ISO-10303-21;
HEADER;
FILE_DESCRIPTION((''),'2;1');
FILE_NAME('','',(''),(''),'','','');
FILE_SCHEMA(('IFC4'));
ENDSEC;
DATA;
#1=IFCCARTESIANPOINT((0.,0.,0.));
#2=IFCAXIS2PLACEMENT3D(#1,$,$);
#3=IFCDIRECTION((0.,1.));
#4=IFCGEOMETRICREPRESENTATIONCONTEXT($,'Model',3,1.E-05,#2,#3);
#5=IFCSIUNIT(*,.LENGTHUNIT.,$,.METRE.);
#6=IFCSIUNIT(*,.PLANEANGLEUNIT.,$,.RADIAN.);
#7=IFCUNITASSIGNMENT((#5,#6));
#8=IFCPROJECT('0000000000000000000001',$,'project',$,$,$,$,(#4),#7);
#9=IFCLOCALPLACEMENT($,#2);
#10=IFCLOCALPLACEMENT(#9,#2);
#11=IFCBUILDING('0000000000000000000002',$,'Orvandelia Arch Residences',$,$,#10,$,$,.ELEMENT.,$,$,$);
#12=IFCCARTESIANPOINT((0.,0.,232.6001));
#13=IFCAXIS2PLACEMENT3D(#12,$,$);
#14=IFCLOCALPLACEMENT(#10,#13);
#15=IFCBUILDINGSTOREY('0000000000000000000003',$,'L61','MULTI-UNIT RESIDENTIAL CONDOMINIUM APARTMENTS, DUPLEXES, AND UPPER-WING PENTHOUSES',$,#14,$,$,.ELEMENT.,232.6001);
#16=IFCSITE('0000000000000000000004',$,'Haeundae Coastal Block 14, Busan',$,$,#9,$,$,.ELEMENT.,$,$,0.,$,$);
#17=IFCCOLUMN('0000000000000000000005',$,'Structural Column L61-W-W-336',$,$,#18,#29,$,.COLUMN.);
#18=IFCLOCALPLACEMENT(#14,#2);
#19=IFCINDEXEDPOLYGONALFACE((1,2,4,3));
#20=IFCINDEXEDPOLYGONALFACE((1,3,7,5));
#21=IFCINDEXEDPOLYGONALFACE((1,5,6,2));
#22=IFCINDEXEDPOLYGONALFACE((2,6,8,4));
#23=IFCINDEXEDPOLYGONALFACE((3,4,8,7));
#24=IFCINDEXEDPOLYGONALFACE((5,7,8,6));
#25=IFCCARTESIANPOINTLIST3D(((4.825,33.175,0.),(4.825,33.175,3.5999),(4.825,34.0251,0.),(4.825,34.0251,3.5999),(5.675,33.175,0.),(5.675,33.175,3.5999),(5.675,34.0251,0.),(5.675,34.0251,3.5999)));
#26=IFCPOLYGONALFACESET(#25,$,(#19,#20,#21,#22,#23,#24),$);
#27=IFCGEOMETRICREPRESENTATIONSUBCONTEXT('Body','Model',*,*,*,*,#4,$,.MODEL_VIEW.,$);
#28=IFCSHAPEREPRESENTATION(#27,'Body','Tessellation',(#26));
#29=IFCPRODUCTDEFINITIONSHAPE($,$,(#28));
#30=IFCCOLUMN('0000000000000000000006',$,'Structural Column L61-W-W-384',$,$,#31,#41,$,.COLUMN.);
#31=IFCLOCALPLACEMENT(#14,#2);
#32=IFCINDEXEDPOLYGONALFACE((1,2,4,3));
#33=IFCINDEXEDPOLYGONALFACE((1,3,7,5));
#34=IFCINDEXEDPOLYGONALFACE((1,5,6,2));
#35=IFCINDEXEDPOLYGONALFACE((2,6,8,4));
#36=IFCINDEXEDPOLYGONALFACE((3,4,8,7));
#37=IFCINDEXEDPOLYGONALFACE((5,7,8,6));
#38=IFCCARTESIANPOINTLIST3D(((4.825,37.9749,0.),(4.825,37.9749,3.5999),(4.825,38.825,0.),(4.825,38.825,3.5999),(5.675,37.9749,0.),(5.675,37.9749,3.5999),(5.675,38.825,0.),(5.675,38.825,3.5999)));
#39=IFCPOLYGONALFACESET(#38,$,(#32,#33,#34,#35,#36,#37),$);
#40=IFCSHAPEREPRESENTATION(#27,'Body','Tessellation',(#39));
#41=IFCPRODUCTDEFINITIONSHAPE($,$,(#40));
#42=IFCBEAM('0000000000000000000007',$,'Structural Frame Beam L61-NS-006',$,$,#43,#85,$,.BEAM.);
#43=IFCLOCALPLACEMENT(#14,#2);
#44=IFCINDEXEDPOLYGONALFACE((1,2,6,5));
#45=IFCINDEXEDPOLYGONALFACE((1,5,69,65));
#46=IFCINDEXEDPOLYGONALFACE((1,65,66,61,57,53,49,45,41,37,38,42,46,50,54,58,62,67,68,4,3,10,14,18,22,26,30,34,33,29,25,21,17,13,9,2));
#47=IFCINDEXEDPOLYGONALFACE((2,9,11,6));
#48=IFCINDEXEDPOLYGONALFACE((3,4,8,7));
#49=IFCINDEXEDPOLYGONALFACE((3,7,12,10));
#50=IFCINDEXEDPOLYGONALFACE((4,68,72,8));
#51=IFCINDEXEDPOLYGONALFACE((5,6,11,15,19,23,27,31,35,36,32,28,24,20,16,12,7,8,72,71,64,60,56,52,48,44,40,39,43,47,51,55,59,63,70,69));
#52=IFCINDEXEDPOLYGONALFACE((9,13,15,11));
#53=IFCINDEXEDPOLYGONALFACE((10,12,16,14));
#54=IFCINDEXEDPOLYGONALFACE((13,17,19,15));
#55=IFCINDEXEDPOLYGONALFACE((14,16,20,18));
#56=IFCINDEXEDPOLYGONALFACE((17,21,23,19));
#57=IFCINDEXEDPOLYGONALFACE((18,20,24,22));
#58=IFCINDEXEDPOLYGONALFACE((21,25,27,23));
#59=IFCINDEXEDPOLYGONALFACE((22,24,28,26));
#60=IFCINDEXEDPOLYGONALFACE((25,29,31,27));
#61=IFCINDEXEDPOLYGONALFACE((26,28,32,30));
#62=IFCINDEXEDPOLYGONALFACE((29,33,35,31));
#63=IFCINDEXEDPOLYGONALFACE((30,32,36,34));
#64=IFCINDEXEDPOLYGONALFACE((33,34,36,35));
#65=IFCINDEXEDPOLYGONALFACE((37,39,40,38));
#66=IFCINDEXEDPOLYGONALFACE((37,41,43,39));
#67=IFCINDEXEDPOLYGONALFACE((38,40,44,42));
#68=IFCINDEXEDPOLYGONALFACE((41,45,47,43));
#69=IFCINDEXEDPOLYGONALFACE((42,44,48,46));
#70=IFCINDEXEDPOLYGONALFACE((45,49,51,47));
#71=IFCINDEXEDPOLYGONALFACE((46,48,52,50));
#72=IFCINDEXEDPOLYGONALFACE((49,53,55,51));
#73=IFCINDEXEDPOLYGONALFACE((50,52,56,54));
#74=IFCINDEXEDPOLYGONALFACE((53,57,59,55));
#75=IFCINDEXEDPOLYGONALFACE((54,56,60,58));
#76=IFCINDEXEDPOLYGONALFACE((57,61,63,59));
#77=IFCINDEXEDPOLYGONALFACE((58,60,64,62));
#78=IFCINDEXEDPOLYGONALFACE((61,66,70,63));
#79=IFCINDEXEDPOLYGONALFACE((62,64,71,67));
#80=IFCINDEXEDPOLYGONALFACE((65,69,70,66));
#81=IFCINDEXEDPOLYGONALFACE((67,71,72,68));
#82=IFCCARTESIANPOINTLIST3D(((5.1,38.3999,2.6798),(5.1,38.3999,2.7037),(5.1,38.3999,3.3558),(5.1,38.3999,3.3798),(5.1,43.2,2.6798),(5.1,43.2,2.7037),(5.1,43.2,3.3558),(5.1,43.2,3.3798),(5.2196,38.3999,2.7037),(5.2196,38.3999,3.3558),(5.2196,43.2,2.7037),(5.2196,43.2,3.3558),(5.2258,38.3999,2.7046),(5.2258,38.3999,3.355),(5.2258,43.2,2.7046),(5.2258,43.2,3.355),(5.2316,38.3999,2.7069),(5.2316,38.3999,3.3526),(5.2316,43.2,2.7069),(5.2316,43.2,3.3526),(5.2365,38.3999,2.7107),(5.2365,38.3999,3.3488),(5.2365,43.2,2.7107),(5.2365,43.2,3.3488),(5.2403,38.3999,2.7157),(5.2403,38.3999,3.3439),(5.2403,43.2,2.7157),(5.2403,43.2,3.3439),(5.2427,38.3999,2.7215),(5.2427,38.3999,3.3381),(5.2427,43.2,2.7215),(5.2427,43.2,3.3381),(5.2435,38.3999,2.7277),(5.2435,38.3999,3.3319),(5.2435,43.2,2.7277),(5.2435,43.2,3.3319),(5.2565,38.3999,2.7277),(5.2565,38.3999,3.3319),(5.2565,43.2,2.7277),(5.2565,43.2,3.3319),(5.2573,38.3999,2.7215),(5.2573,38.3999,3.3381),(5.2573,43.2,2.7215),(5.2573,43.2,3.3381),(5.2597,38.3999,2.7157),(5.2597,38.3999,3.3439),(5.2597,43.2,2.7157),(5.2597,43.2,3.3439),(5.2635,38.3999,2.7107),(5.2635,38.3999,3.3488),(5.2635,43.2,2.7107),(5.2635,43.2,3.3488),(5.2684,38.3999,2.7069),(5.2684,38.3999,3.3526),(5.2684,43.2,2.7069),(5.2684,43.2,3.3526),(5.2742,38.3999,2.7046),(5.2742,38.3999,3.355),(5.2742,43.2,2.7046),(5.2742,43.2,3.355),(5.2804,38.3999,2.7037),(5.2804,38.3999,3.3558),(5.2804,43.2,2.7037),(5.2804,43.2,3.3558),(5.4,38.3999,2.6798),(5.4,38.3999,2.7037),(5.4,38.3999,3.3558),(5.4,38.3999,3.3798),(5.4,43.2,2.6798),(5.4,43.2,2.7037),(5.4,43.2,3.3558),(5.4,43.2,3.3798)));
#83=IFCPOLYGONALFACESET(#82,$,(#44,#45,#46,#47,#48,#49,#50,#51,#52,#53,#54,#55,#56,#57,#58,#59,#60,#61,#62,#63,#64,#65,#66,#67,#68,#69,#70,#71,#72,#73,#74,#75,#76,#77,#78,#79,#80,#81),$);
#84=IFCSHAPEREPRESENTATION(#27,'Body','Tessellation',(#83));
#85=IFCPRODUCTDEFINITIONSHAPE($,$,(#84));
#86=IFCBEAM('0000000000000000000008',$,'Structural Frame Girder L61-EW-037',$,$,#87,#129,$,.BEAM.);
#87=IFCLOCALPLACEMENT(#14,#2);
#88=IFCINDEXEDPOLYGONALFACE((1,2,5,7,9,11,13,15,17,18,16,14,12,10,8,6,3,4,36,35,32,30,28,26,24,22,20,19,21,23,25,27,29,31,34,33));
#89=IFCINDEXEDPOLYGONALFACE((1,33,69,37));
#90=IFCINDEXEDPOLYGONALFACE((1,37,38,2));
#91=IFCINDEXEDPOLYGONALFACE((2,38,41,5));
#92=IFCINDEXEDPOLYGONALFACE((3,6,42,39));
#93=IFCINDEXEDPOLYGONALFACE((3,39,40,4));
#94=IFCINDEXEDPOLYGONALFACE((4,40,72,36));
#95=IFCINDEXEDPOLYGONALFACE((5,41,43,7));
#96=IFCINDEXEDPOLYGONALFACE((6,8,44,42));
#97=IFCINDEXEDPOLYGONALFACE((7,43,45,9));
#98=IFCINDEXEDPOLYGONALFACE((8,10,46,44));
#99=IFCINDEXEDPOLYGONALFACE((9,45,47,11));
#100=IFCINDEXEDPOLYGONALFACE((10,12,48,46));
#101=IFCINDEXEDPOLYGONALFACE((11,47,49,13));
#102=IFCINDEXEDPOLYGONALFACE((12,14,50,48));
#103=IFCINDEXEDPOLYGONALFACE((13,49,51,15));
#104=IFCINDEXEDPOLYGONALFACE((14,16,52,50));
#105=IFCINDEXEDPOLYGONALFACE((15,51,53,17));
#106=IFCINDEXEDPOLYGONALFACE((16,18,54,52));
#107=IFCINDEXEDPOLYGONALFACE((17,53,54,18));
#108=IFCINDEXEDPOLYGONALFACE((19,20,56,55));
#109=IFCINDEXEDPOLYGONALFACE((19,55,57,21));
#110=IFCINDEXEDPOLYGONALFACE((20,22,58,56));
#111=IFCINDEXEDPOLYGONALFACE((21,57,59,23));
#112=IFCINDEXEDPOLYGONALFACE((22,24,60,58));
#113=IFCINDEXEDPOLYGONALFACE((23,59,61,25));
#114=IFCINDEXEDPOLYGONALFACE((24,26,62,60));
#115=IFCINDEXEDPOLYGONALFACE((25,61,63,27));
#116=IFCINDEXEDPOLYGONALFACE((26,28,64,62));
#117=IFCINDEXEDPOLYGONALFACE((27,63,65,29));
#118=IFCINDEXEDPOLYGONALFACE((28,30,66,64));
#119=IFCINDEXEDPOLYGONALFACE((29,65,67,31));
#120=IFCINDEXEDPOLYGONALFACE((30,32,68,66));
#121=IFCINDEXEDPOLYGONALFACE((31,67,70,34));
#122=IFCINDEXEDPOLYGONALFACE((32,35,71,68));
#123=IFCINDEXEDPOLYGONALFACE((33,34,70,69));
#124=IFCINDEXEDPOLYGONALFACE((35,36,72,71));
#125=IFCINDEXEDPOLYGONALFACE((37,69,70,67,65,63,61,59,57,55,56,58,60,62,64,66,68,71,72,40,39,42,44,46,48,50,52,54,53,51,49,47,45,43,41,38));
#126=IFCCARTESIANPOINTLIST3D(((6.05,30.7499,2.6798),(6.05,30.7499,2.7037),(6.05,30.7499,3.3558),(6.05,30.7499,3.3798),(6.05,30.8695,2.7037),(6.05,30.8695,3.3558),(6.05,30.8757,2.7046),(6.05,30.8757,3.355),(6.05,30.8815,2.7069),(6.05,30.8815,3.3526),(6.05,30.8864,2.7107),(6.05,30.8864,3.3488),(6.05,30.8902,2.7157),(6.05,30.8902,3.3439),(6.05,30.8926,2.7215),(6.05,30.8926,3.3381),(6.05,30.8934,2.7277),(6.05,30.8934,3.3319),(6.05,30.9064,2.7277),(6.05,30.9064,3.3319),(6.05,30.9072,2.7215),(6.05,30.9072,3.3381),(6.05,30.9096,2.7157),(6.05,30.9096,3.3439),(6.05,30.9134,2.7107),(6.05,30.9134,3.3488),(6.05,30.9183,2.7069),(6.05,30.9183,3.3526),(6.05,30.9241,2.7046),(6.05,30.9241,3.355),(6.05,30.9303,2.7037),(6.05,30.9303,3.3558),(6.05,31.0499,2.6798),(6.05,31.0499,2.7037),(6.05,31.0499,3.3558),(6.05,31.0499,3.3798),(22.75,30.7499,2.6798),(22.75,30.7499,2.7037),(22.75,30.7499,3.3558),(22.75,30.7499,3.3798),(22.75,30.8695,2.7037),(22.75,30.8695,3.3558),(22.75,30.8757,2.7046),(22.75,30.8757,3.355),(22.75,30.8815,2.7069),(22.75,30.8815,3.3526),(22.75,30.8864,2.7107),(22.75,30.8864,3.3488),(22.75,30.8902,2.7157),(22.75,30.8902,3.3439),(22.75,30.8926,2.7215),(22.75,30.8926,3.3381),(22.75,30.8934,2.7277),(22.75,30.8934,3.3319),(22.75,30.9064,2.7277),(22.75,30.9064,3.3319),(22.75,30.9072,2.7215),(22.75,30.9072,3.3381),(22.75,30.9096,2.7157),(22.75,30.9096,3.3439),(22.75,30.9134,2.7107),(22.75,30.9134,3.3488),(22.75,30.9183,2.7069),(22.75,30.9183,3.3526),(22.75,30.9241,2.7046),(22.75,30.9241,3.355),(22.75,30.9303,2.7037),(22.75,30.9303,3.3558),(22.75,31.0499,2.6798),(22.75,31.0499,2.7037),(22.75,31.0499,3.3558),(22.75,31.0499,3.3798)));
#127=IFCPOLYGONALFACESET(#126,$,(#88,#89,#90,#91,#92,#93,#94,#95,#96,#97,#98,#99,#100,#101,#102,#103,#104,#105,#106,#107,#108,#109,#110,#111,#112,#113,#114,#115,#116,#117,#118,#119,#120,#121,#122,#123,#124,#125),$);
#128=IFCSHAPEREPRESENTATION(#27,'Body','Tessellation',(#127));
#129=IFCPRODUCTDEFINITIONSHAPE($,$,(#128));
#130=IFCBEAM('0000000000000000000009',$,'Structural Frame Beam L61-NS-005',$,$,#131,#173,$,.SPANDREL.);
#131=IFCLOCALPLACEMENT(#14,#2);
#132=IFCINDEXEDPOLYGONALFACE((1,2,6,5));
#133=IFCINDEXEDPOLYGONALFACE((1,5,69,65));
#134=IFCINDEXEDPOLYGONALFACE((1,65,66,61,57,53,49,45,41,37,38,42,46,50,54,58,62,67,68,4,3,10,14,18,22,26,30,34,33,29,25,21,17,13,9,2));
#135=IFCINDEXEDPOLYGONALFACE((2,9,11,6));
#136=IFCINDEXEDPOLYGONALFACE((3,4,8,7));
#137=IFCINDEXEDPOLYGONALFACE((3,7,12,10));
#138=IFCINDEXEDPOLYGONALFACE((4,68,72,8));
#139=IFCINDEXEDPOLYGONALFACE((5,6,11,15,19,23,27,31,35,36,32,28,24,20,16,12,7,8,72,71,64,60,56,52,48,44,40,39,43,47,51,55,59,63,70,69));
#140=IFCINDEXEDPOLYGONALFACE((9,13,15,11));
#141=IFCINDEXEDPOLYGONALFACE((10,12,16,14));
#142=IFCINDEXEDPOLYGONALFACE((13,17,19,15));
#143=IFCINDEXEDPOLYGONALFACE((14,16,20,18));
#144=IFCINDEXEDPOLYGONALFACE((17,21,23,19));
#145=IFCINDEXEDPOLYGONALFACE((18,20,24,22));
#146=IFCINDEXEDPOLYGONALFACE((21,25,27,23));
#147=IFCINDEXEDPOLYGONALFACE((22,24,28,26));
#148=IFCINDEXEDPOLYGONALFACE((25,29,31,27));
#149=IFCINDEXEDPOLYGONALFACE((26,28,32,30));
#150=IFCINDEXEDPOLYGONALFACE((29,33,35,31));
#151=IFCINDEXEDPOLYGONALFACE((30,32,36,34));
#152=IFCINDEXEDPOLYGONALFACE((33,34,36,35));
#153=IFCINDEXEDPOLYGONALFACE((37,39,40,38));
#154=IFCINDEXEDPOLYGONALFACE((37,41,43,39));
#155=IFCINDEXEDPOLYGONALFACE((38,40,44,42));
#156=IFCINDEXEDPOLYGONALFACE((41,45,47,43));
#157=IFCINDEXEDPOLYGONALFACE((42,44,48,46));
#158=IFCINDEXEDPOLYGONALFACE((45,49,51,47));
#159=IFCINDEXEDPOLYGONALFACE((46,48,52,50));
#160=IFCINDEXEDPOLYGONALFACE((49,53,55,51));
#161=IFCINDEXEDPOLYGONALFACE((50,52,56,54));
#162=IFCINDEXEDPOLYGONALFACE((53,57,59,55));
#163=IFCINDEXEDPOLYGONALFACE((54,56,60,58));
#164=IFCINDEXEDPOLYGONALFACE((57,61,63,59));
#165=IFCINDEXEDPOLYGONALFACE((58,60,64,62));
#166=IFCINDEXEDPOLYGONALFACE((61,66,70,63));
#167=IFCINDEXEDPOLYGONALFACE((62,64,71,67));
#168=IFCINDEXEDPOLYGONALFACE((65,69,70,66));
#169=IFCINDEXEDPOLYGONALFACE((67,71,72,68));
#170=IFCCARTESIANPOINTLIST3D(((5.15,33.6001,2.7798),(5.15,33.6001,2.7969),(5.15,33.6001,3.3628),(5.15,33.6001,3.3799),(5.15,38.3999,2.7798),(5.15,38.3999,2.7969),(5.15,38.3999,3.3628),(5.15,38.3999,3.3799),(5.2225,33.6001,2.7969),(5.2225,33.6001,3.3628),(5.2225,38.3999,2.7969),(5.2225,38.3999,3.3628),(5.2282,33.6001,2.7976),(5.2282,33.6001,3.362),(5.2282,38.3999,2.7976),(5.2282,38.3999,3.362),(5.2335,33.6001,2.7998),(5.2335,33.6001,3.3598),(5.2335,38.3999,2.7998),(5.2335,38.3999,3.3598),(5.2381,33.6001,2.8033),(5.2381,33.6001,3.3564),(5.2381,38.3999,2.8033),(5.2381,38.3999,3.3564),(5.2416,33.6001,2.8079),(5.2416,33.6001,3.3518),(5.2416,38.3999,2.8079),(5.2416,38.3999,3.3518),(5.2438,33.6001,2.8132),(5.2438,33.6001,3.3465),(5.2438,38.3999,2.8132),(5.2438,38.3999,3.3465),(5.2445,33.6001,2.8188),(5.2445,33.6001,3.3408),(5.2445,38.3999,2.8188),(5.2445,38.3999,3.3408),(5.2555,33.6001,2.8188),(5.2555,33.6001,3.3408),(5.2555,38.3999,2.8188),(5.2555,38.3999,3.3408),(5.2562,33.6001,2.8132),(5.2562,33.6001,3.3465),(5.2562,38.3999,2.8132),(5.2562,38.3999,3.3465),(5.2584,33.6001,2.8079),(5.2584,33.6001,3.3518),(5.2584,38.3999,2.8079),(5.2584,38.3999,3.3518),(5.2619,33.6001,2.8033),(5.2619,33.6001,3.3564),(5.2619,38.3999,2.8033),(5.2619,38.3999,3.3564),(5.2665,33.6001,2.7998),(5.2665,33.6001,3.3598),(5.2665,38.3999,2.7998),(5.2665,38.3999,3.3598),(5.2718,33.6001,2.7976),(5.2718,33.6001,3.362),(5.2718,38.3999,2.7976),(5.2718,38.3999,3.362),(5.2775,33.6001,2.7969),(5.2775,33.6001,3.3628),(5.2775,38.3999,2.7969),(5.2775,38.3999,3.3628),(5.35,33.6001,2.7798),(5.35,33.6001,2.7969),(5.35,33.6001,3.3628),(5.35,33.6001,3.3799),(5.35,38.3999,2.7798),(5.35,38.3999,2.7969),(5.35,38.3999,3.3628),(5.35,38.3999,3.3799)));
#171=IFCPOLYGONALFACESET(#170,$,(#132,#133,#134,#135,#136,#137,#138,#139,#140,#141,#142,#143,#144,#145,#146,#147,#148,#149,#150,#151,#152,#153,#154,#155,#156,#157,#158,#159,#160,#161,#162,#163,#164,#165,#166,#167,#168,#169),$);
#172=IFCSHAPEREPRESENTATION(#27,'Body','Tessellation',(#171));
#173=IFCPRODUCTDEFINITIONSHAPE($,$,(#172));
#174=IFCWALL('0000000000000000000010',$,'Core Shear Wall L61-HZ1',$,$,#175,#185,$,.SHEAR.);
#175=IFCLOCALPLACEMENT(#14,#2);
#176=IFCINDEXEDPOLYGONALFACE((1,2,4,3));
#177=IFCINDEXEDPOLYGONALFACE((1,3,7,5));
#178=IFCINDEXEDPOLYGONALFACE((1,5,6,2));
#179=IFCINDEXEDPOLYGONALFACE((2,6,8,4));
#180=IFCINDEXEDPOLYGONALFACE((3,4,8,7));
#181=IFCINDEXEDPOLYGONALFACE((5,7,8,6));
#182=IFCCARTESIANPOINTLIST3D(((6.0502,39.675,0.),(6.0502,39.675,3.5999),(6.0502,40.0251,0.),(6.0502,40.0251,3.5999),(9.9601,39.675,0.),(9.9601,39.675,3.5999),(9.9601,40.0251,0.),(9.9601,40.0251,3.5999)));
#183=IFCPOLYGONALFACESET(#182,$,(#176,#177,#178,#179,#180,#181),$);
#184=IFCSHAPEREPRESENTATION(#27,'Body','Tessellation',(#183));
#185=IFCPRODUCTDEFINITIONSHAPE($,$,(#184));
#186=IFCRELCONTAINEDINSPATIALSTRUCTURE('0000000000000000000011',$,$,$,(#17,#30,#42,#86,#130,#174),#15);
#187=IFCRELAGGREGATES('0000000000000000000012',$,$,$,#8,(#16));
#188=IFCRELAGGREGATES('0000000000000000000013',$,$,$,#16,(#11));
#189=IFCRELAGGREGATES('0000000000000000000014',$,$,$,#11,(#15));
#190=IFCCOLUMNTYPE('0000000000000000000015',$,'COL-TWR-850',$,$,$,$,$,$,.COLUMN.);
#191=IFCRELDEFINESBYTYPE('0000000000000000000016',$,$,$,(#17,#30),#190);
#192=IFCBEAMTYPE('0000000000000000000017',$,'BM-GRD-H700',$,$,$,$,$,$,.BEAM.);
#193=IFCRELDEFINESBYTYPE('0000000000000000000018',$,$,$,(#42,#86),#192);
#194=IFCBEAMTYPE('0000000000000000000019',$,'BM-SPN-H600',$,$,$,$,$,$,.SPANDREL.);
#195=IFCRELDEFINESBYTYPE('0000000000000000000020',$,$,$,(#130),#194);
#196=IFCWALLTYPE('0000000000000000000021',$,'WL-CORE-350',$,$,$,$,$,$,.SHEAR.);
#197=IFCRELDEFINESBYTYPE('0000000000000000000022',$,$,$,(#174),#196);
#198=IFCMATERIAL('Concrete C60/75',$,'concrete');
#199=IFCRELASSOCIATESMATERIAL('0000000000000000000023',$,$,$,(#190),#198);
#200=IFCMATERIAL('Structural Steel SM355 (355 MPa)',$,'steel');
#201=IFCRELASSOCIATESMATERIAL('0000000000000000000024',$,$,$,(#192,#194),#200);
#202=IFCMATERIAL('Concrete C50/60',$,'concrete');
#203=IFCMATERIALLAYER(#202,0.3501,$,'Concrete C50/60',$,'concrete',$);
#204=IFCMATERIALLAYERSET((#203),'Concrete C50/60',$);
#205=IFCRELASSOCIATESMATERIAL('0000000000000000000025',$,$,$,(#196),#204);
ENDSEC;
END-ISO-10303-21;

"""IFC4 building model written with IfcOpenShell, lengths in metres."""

from ifc_helpers import new_model, si_unit, direction, frame, frame_2d, origin, origin_2d, place, context, subcontext, project, spatial, rectangle, i_section, extrude, material, layer, layer_set, material_profile, profile_set, type_object, element, save


model = new_model("IFC4")

# Units and contexts
model_context = context("Model", 3, precision=1e-05, world=origin(), true_north=direction((0.0, 1.0)))
body_context = subcontext(model_context, "Body", "Model", "MODEL_VIEW")
ifc_project = project(units=[si_unit("LENGTHUNIT", "METRE"), si_unit("PLANEANGLEUNIT", "RADIAN")], contexts=[model_context])

# Site, building, storey
site_placement = place(None, origin())
site = spatial("IfcSite", under=ifc_project, at=site_placement, Name="Haeundae Coastal Block 14, Busan", CompositionType="ELEMENT", RefElevation=0.0)
building_placement = place(site_placement, origin())
building = spatial("IfcBuilding", under=site, at=building_placement, Name="Orvandelia Arch Residences", CompositionType="ELEMENT")
storey_placement = place(building_placement, frame((0.0, 0.0, 232.6001)))
storey = spatial("IfcBuildingStorey", under=building, at=storey_placement, Name="L61", Description="MULTI-UNIT RESIDENTIAL CONDOMINIUM APARTMENTS, DUPLEXES, AND UPPER-WING PENTHOUSES", CompositionType="ELEMENT", Elevation=232.6001)

# Columns
ifc_material_1 = material(Name="Concrete C60/75", Category="concrete")
ifc_material_profile_1 = material_profile(ifc_material_1, rectangle(XDim=0.8501, YDim=0.8501, at=origin_2d()), Name="Concrete C60/75", Category="concrete")
ifc_profile_set_1 = profile_set([ifc_material_profile_1], Name="Concrete C60/75")
column_type = type_object("IfcColumnType", Name="COL-TWR-850", PredefinedType="COLUMN", material=ifc_profile_set_1)
for number, where, z_axis, x_axis, name in (
    (1, (5.25, 33.6001, 0.0), (0.0, 0.0, 1.0), (1.0, 0.0, 0.0), "Structural Column L61-W-W-336"),
    (2, (5.25, 38.3999, 0.0), (0.0, 0.0, 1.0), (1.0, 0.0, 0.0), "Structural Column L61-W-W-384"),
):
    element("IfcColumn", number, at=place(storey_placement, frame(where, z_axis=z_axis, x_axis=x_axis)), inside=storey, type_object=column_type, Name=name, PredefinedType="COLUMN", context=body_context, shape_type="SweptSolid", body=[
        extrude(rectangle(XDim=0.8501, YDim=0.8501, at=origin_2d()), origin(), (0.0, 0.0, 1.0), 3.5999),
    ])

# Beams
ifc_material_2 = material(Name="Structural Steel SM355 (355 MPa)", Category="steel")
ifc_material_profile_2 = material_profile(ifc_material_2, i_section(OverallWidth=0.3, OverallDepth=0.7, WebThickness=0.0129, FlangeThickness=0.0239, FilletRadius=0.0239, at=origin_2d()), Name="Structural Steel SM355 (355 MPa)", Category="steel")
ifc_profile_set_2 = profile_set([ifc_material_profile_2], Name="Structural Steel SM355 (355 MPa)")
beam_type_1 = type_object("IfcBeamType", Name="BM-GRD-H700", PredefinedType="BEAM", material=ifc_profile_set_2)
beam_1_placement = place(storey_placement, frame((5.25, 38.3999, 3.0298), z_axis=(0.0, 1.0, 0.0), x_axis=(-1.0, 0.0, 0.0)))
element("IfcBeam", 3, at=beam_1_placement, inside=storey, type_object=beam_type_1, Name="Structural Frame Beam L61-NS-006", PredefinedType="BEAM", context=body_context, shape_type="SweptSolid", body=[
    extrude(i_section(OverallWidth=0.3, OverallDepth=0.7, WebThickness=0.0129, FlangeThickness=0.0239, FilletRadius=0.0239, at=origin_2d()), origin(), (0.0, 0.0, 1.0), 4.8),
])
beam_2_placement = place(storey_placement, frame((6.05, 30.8999, 3.0298), z_axis=(1.0, 0.0, 0.0), x_axis=(0.0, 1.0, 0.0)))
element("IfcBeam", 4, at=beam_2_placement, inside=storey, type_object=beam_type_1, Name="Structural Frame Girder L61-EW-037", PredefinedType="BEAM", context=body_context, shape_type="SweptSolid", body=[
    extrude(i_section(OverallWidth=0.3, OverallDepth=0.7, WebThickness=0.0129, FlangeThickness=0.0239, FilletRadius=0.0239, at=origin_2d()), origin(), (0.0, 0.0, 1.0), 16.7),
])
ifc_material_profile_3 = material_profile(ifc_material_2, i_section(OverallWidth=0.2, OverallDepth=0.6001, WebThickness=0.011, FlangeThickness=0.0171, FilletRadius=0.022, at=origin_2d()), Name="Structural Steel SM355 (355 MPa)", Category="steel")
ifc_profile_set_3 = profile_set([ifc_material_profile_3], Name="Structural Steel SM355 (355 MPa)")
beam_type_2 = type_object("IfcBeamType", Name="BM-SPN-H600", PredefinedType="SPANDREL", material=ifc_profile_set_3)
beam_3_placement = place(storey_placement, frame((5.25, 33.6001, 3.0798), z_axis=(0.0, 1.0, 0.0), x_axis=(-1.0, 0.0, 0.0)))
element("IfcBeam", 5, at=beam_3_placement, inside=storey, type_object=beam_type_2, Name="Structural Frame Beam L61-NS-005", PredefinedType="SPANDREL", context=body_context, shape_type="SweptSolid", body=[
    extrude(i_section(OverallWidth=0.2, OverallDepth=0.6001, WebThickness=0.011, FlangeThickness=0.0171, FilletRadius=0.022, at=origin_2d()), origin(), (0.0, 0.0, 1.0), 4.7998),
])

# Wall
ifc_material_3 = material(Name="Concrete C50/60", Category="concrete")
ifc_layer_1 = layer(ifc_material_3, 0.3501, Name="Concrete C50/60", Category="concrete")
ifc_layer_set_1 = layer_set([ifc_layer_1], Name="Concrete C50/60")
wall_type_1 = type_object("IfcWallType", Name="WL-CORE-350", PredefinedType="SHEAR", material=ifc_layer_set_1)
wall_1_placement = place(storey_placement, frame((6.05, 39.8501, 0.0), z_axis=(0.0, 0.0, 1.0), x_axis=(1.0, 0.0, 0.0)))
element("IfcWall", 6, at=wall_1_placement, inside=storey, type_object=wall_type_1, Name="Core Shear Wall L61-HZ1", PredefinedType="SHEAR", context=body_context, shape_type="SweptSolid", body=[
    extrude(rectangle(XDim=3.9099, YDim=0.3501, at=frame_2d((1.9551, 0.0))), origin(), (0.0, 0.0, 1.0), 3.5999),
])

save(model, "model.ifc")
